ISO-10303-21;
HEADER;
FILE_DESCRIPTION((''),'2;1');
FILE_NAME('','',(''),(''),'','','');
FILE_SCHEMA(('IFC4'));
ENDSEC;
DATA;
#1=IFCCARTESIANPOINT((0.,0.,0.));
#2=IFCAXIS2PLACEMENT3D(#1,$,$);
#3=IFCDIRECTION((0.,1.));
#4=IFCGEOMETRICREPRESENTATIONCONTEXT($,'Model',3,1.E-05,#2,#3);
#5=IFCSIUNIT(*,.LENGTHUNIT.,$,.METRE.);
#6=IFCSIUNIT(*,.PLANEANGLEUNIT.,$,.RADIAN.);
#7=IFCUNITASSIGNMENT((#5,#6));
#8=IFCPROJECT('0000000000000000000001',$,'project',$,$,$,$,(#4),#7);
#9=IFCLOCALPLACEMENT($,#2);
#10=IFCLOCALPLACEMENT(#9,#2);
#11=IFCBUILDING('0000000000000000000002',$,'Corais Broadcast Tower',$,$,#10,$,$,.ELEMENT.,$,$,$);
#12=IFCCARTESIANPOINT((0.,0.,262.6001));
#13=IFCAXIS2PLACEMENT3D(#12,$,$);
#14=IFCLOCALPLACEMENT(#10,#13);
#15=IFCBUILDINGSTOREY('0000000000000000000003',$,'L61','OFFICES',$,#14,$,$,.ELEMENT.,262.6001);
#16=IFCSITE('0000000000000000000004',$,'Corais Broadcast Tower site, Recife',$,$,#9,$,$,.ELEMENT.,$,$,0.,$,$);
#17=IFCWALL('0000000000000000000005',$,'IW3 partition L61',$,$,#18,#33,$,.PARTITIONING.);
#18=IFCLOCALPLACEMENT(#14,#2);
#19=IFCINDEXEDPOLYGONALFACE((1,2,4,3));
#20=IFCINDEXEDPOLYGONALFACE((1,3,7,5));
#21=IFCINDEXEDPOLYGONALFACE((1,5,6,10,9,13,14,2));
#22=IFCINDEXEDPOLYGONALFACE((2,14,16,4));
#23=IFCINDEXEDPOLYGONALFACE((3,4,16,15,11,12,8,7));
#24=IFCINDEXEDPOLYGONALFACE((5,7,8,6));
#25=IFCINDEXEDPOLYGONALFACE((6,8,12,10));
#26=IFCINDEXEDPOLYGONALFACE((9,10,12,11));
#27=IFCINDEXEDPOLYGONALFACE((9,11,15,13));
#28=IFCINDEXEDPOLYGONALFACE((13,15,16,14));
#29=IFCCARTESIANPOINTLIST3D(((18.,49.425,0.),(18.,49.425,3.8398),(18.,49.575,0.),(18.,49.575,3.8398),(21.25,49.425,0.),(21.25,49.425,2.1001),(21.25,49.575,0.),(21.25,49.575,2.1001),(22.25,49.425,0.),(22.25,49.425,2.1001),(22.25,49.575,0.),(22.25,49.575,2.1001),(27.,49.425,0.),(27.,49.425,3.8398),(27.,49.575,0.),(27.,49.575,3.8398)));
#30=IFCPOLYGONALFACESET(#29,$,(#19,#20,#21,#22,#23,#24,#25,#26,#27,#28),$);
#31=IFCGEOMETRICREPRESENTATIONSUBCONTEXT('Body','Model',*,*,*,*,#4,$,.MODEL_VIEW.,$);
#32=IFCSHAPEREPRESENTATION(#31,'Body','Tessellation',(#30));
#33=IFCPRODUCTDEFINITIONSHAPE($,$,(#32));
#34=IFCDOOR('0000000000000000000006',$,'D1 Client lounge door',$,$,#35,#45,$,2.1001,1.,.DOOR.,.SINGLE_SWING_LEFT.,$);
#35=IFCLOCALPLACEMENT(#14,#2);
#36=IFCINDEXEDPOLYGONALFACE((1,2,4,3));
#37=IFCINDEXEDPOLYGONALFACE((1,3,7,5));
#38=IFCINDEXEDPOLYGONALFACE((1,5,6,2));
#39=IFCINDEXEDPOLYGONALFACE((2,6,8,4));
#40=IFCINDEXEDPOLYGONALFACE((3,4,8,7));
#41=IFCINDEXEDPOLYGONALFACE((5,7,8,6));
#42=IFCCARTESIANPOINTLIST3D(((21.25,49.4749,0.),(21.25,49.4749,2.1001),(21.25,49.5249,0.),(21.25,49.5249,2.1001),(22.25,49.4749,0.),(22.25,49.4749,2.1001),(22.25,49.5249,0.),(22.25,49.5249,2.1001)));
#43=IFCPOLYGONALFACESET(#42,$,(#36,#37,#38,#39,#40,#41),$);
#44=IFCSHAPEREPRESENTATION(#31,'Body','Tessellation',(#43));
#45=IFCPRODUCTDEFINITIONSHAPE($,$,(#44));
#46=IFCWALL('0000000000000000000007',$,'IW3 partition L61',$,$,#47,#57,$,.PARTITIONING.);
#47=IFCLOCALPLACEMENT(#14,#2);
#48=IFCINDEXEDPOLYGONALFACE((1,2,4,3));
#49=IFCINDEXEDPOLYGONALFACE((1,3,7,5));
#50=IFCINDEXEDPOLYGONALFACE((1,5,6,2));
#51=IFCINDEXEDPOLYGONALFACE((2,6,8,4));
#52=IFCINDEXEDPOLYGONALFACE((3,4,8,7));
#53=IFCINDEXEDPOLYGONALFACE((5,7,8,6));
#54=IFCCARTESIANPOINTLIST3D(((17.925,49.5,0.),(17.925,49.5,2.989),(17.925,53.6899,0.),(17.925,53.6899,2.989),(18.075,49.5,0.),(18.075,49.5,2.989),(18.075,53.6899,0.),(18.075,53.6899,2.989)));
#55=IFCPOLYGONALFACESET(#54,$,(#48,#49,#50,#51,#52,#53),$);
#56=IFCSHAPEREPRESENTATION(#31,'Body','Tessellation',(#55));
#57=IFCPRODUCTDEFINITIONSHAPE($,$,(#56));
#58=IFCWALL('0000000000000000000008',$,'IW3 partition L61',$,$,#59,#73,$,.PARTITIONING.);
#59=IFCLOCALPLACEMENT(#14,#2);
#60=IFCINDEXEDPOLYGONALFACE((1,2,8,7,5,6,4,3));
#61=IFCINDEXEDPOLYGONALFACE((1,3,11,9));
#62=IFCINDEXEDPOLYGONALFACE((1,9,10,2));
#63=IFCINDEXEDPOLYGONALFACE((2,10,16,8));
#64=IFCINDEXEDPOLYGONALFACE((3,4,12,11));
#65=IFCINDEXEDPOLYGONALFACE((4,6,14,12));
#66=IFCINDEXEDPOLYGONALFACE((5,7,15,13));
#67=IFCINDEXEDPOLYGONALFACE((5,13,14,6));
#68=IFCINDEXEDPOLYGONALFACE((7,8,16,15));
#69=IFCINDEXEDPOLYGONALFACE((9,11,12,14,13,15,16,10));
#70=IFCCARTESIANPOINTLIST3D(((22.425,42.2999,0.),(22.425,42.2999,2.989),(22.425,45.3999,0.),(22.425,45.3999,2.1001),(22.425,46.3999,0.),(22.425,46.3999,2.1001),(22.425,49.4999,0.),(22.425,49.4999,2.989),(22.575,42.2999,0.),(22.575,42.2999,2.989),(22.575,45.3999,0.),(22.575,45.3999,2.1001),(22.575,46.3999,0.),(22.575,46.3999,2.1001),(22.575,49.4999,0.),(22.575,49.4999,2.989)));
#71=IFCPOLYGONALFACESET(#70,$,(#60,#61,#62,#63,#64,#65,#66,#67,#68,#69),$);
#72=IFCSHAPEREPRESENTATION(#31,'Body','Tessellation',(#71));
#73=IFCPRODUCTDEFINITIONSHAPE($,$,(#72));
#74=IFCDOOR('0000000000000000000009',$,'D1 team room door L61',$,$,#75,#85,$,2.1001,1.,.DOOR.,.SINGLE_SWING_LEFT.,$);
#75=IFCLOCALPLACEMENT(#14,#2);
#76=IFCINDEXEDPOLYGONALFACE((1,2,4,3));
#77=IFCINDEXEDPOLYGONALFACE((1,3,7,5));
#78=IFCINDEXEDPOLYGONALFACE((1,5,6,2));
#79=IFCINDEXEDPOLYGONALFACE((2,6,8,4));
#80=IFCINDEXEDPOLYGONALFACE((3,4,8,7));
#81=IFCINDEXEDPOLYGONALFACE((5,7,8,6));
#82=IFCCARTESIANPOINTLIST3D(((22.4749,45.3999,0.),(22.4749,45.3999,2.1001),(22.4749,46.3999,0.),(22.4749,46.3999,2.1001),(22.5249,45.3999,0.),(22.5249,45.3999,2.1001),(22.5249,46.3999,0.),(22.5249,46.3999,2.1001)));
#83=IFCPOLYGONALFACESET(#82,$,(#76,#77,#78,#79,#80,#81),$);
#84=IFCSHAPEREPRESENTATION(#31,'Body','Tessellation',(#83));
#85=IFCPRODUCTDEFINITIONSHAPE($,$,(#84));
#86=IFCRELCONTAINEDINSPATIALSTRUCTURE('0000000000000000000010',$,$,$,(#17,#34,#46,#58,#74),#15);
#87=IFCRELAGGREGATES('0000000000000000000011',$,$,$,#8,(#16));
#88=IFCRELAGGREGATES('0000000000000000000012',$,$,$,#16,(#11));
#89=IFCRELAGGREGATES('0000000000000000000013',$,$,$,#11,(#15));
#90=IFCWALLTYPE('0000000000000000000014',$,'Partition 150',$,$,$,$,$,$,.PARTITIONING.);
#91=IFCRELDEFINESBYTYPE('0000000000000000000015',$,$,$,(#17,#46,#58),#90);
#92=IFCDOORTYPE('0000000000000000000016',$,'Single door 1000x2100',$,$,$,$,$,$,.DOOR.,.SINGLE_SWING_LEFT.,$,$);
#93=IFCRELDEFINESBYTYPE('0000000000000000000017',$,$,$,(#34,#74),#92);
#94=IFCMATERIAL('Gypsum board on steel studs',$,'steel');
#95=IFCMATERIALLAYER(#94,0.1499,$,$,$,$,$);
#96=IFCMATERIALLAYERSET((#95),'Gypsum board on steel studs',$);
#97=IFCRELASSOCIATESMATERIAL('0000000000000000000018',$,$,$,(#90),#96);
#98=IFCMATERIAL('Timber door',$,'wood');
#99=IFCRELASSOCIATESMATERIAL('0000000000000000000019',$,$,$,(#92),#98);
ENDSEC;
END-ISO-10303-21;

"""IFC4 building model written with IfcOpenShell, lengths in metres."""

from ifc_helpers import new_model, si_unit, direction, frame, frame_2d, origin, place, context, subcontext, project, spatial, rectangle, extrude, material, layer, layer_set, type_object, element, fill, save


model = new_model("IFC4")

# Units and contexts
model_context = context("Model", 3, precision=1e-05, world=origin(), true_north=direction((0.0, 1.0)))
body_context = subcontext(model_context, "Body", "Model", "MODEL_VIEW")
ifc_project = project(units=[si_unit("LENGTHUNIT", "METRE"), si_unit("PLANEANGLEUNIT", "RADIAN")], contexts=[model_context])

# Site, building, storey
site_placement = place(None, origin())
site = spatial("IfcSite", under=ifc_project, at=site_placement, Name="Corais Broadcast Tower site, Recife", CompositionType="ELEMENT", RefElevation=0.0)
building_placement = place(site_placement, origin())
building = spatial("IfcBuilding", under=site, at=building_placement, Name="Corais Broadcast Tower", CompositionType="ELEMENT")
storey_placement = place(building_placement, frame((0.0, 0.0, 262.6001)))
storey = spatial("IfcBuildingStorey", under=building, at=storey_placement, Name="L61", Description="OFFICES", CompositionType="ELEMENT", Elevation=262.6001)

# Wall, opening, door
ifc_material_1 = material(Name="Gypsum board on steel studs", Category="steel")
ifc_layer_1 = layer(ifc_material_1, 0.1499)
ifc_layer_set_1 = layer_set([ifc_layer_1], Name="Gypsum board on steel studs")
wall_type = type_object("IfcWallType", Name="Partition 150", PredefinedType="PARTITIONING", material=ifc_layer_set_1)
wall_1_placement = place(storey_placement, frame((18.0, 49.5, 0.0), z_axis=(0.0, 0.0, 1.0), x_axis=(1.0, 0.0, 0.0)))
wall_1 = element("IfcWall", 1, at=wall_1_placement, inside=storey, type_object=wall_type, Name="IW3 partition L61", PredefinedType="PARTITIONING", context=body_context, shape_type="SweptSolid", body=[
    extrude(rectangle(XDim=9.0, YDim=0.1499, at=frame_2d((4.5, 0.0))), origin(), (0.0, 0.0, 1.0), 3.8398),
])
opening_1_placement = place(wall_1_placement, frame((3.25, 0.0, 0.0)))
opening_1 = element("IfcOpeningElement", 2, at=opening_1_placement, cuts=wall_1, PredefinedType="OPENING", context=body_context, shape_type="SweptSolid", body=[
    extrude(rectangle(XDim=1.0, YDim=2.1001, at=frame_2d((0.5, 1.05))), frame((0.0, 0.085, 0.0), z_axis=(0.0, -1.0, 0.0), x_axis=(1.0, 0.0, 0.0)), (0.0, 0.0, 1.0), 0.1699),
])
ifc_material_2 = material(Name="Timber door", Category="wood")
door_type = type_object("IfcDoorType", Name="Single door 1000x2100", OperationType="SINGLE_SWING_LEFT", PredefinedType="DOOR", material=ifc_material_2)
door_1_placement = place(opening_1_placement, origin())
door_1 = element("IfcDoor", 3, at=door_1_placement, inside=storey, type_object=door_type, Name="D1 Client lounge door", OperationType="SINGLE_SWING_LEFT", OverallHeight=2.1001, OverallWidth=1.0, PredefinedType="DOOR", context=body_context, shape_type="SweptSolid", body=[
    extrude(rectangle(XDim=1.0, YDim=2.1001, at=frame_2d((0.5, 1.05))), frame((0.0, 0.0249, 0.0), z_axis=(0.0, -1.0, 0.0), x_axis=(1.0, 0.0, 0.0)), (0.0, 0.0, 1.0), 0.05),
])
fill(opening_1, door_1)

# Wall
wall_2_placement = place(storey_placement, frame((18.0, 53.6899, 0.0), z_axis=(0.0, 0.0, 1.0), x_axis=(0.0, -1.0, 0.0)))
element("IfcWall", 4, at=wall_2_placement, inside=storey, type_object=wall_type, Name="IW3 partition L61", PredefinedType="PARTITIONING", context=body_context, shape_type="SweptSolid", body=[
    extrude(rectangle(XDim=4.1899, YDim=0.1499, at=frame_2d((2.095, 0.0))), origin(), (0.0, 0.0, 1.0), 2.989),
])

# Wall, opening, door
wall_3_placement = place(storey_placement, frame((22.5, 49.5, 0.0), z_axis=(0.0, 0.0, 1.0), x_axis=(0.0, -1.0, 0.0)))
wall_3 = element("IfcWall", 5, at=wall_3_placement, inside=storey, type_object=wall_type, Name="IW3 partition L61", PredefinedType="PARTITIONING", context=body_context, shape_type="SweptSolid", body=[
    extrude(rectangle(XDim=7.2, YDim=0.1499, at=frame_2d((3.6001, 0.0))), origin(), (0.0, 0.0, 1.0), 2.989),
])
opening_2_placement = place(wall_3_placement, frame((3.1001, 0.0, 0.0)))
opening_2 = element("IfcOpeningElement", 6, at=opening_2_placement, cuts=wall_3, PredefinedType="OPENING", context=body_context, shape_type="SweptSolid", body=[
    extrude(rectangle(XDim=1.0, YDim=2.1001, at=frame_2d((0.5, 1.05))), frame((0.0, 0.085, 0.0), z_axis=(0.0, -1.0, 0.0), x_axis=(1.0, 0.0, 0.0)), (0.0, 0.0, 1.0), 0.1699),
])
door_2_placement = place(opening_2_placement, origin())
door_2 = element("IfcDoor", 7, at=door_2_placement, inside=storey, type_object=door_type, Name="D1 team room door L61", OperationType="SINGLE_SWING_LEFT", OverallHeight=2.1001, OverallWidth=1.0, PredefinedType="DOOR", context=body_context, shape_type="SweptSolid", body=[
    extrude(rectangle(XDim=1.0, YDim=2.1001, at=frame_2d((0.5, 1.05))), frame((0.0, 0.0249, 0.0), z_axis=(0.0, -1.0, 0.0), x_axis=(1.0, 0.0, 0.0)), (0.0, 0.0, 1.0), 0.05),
])
fill(opening_2, door_2)

save(model, "model.ifc")
